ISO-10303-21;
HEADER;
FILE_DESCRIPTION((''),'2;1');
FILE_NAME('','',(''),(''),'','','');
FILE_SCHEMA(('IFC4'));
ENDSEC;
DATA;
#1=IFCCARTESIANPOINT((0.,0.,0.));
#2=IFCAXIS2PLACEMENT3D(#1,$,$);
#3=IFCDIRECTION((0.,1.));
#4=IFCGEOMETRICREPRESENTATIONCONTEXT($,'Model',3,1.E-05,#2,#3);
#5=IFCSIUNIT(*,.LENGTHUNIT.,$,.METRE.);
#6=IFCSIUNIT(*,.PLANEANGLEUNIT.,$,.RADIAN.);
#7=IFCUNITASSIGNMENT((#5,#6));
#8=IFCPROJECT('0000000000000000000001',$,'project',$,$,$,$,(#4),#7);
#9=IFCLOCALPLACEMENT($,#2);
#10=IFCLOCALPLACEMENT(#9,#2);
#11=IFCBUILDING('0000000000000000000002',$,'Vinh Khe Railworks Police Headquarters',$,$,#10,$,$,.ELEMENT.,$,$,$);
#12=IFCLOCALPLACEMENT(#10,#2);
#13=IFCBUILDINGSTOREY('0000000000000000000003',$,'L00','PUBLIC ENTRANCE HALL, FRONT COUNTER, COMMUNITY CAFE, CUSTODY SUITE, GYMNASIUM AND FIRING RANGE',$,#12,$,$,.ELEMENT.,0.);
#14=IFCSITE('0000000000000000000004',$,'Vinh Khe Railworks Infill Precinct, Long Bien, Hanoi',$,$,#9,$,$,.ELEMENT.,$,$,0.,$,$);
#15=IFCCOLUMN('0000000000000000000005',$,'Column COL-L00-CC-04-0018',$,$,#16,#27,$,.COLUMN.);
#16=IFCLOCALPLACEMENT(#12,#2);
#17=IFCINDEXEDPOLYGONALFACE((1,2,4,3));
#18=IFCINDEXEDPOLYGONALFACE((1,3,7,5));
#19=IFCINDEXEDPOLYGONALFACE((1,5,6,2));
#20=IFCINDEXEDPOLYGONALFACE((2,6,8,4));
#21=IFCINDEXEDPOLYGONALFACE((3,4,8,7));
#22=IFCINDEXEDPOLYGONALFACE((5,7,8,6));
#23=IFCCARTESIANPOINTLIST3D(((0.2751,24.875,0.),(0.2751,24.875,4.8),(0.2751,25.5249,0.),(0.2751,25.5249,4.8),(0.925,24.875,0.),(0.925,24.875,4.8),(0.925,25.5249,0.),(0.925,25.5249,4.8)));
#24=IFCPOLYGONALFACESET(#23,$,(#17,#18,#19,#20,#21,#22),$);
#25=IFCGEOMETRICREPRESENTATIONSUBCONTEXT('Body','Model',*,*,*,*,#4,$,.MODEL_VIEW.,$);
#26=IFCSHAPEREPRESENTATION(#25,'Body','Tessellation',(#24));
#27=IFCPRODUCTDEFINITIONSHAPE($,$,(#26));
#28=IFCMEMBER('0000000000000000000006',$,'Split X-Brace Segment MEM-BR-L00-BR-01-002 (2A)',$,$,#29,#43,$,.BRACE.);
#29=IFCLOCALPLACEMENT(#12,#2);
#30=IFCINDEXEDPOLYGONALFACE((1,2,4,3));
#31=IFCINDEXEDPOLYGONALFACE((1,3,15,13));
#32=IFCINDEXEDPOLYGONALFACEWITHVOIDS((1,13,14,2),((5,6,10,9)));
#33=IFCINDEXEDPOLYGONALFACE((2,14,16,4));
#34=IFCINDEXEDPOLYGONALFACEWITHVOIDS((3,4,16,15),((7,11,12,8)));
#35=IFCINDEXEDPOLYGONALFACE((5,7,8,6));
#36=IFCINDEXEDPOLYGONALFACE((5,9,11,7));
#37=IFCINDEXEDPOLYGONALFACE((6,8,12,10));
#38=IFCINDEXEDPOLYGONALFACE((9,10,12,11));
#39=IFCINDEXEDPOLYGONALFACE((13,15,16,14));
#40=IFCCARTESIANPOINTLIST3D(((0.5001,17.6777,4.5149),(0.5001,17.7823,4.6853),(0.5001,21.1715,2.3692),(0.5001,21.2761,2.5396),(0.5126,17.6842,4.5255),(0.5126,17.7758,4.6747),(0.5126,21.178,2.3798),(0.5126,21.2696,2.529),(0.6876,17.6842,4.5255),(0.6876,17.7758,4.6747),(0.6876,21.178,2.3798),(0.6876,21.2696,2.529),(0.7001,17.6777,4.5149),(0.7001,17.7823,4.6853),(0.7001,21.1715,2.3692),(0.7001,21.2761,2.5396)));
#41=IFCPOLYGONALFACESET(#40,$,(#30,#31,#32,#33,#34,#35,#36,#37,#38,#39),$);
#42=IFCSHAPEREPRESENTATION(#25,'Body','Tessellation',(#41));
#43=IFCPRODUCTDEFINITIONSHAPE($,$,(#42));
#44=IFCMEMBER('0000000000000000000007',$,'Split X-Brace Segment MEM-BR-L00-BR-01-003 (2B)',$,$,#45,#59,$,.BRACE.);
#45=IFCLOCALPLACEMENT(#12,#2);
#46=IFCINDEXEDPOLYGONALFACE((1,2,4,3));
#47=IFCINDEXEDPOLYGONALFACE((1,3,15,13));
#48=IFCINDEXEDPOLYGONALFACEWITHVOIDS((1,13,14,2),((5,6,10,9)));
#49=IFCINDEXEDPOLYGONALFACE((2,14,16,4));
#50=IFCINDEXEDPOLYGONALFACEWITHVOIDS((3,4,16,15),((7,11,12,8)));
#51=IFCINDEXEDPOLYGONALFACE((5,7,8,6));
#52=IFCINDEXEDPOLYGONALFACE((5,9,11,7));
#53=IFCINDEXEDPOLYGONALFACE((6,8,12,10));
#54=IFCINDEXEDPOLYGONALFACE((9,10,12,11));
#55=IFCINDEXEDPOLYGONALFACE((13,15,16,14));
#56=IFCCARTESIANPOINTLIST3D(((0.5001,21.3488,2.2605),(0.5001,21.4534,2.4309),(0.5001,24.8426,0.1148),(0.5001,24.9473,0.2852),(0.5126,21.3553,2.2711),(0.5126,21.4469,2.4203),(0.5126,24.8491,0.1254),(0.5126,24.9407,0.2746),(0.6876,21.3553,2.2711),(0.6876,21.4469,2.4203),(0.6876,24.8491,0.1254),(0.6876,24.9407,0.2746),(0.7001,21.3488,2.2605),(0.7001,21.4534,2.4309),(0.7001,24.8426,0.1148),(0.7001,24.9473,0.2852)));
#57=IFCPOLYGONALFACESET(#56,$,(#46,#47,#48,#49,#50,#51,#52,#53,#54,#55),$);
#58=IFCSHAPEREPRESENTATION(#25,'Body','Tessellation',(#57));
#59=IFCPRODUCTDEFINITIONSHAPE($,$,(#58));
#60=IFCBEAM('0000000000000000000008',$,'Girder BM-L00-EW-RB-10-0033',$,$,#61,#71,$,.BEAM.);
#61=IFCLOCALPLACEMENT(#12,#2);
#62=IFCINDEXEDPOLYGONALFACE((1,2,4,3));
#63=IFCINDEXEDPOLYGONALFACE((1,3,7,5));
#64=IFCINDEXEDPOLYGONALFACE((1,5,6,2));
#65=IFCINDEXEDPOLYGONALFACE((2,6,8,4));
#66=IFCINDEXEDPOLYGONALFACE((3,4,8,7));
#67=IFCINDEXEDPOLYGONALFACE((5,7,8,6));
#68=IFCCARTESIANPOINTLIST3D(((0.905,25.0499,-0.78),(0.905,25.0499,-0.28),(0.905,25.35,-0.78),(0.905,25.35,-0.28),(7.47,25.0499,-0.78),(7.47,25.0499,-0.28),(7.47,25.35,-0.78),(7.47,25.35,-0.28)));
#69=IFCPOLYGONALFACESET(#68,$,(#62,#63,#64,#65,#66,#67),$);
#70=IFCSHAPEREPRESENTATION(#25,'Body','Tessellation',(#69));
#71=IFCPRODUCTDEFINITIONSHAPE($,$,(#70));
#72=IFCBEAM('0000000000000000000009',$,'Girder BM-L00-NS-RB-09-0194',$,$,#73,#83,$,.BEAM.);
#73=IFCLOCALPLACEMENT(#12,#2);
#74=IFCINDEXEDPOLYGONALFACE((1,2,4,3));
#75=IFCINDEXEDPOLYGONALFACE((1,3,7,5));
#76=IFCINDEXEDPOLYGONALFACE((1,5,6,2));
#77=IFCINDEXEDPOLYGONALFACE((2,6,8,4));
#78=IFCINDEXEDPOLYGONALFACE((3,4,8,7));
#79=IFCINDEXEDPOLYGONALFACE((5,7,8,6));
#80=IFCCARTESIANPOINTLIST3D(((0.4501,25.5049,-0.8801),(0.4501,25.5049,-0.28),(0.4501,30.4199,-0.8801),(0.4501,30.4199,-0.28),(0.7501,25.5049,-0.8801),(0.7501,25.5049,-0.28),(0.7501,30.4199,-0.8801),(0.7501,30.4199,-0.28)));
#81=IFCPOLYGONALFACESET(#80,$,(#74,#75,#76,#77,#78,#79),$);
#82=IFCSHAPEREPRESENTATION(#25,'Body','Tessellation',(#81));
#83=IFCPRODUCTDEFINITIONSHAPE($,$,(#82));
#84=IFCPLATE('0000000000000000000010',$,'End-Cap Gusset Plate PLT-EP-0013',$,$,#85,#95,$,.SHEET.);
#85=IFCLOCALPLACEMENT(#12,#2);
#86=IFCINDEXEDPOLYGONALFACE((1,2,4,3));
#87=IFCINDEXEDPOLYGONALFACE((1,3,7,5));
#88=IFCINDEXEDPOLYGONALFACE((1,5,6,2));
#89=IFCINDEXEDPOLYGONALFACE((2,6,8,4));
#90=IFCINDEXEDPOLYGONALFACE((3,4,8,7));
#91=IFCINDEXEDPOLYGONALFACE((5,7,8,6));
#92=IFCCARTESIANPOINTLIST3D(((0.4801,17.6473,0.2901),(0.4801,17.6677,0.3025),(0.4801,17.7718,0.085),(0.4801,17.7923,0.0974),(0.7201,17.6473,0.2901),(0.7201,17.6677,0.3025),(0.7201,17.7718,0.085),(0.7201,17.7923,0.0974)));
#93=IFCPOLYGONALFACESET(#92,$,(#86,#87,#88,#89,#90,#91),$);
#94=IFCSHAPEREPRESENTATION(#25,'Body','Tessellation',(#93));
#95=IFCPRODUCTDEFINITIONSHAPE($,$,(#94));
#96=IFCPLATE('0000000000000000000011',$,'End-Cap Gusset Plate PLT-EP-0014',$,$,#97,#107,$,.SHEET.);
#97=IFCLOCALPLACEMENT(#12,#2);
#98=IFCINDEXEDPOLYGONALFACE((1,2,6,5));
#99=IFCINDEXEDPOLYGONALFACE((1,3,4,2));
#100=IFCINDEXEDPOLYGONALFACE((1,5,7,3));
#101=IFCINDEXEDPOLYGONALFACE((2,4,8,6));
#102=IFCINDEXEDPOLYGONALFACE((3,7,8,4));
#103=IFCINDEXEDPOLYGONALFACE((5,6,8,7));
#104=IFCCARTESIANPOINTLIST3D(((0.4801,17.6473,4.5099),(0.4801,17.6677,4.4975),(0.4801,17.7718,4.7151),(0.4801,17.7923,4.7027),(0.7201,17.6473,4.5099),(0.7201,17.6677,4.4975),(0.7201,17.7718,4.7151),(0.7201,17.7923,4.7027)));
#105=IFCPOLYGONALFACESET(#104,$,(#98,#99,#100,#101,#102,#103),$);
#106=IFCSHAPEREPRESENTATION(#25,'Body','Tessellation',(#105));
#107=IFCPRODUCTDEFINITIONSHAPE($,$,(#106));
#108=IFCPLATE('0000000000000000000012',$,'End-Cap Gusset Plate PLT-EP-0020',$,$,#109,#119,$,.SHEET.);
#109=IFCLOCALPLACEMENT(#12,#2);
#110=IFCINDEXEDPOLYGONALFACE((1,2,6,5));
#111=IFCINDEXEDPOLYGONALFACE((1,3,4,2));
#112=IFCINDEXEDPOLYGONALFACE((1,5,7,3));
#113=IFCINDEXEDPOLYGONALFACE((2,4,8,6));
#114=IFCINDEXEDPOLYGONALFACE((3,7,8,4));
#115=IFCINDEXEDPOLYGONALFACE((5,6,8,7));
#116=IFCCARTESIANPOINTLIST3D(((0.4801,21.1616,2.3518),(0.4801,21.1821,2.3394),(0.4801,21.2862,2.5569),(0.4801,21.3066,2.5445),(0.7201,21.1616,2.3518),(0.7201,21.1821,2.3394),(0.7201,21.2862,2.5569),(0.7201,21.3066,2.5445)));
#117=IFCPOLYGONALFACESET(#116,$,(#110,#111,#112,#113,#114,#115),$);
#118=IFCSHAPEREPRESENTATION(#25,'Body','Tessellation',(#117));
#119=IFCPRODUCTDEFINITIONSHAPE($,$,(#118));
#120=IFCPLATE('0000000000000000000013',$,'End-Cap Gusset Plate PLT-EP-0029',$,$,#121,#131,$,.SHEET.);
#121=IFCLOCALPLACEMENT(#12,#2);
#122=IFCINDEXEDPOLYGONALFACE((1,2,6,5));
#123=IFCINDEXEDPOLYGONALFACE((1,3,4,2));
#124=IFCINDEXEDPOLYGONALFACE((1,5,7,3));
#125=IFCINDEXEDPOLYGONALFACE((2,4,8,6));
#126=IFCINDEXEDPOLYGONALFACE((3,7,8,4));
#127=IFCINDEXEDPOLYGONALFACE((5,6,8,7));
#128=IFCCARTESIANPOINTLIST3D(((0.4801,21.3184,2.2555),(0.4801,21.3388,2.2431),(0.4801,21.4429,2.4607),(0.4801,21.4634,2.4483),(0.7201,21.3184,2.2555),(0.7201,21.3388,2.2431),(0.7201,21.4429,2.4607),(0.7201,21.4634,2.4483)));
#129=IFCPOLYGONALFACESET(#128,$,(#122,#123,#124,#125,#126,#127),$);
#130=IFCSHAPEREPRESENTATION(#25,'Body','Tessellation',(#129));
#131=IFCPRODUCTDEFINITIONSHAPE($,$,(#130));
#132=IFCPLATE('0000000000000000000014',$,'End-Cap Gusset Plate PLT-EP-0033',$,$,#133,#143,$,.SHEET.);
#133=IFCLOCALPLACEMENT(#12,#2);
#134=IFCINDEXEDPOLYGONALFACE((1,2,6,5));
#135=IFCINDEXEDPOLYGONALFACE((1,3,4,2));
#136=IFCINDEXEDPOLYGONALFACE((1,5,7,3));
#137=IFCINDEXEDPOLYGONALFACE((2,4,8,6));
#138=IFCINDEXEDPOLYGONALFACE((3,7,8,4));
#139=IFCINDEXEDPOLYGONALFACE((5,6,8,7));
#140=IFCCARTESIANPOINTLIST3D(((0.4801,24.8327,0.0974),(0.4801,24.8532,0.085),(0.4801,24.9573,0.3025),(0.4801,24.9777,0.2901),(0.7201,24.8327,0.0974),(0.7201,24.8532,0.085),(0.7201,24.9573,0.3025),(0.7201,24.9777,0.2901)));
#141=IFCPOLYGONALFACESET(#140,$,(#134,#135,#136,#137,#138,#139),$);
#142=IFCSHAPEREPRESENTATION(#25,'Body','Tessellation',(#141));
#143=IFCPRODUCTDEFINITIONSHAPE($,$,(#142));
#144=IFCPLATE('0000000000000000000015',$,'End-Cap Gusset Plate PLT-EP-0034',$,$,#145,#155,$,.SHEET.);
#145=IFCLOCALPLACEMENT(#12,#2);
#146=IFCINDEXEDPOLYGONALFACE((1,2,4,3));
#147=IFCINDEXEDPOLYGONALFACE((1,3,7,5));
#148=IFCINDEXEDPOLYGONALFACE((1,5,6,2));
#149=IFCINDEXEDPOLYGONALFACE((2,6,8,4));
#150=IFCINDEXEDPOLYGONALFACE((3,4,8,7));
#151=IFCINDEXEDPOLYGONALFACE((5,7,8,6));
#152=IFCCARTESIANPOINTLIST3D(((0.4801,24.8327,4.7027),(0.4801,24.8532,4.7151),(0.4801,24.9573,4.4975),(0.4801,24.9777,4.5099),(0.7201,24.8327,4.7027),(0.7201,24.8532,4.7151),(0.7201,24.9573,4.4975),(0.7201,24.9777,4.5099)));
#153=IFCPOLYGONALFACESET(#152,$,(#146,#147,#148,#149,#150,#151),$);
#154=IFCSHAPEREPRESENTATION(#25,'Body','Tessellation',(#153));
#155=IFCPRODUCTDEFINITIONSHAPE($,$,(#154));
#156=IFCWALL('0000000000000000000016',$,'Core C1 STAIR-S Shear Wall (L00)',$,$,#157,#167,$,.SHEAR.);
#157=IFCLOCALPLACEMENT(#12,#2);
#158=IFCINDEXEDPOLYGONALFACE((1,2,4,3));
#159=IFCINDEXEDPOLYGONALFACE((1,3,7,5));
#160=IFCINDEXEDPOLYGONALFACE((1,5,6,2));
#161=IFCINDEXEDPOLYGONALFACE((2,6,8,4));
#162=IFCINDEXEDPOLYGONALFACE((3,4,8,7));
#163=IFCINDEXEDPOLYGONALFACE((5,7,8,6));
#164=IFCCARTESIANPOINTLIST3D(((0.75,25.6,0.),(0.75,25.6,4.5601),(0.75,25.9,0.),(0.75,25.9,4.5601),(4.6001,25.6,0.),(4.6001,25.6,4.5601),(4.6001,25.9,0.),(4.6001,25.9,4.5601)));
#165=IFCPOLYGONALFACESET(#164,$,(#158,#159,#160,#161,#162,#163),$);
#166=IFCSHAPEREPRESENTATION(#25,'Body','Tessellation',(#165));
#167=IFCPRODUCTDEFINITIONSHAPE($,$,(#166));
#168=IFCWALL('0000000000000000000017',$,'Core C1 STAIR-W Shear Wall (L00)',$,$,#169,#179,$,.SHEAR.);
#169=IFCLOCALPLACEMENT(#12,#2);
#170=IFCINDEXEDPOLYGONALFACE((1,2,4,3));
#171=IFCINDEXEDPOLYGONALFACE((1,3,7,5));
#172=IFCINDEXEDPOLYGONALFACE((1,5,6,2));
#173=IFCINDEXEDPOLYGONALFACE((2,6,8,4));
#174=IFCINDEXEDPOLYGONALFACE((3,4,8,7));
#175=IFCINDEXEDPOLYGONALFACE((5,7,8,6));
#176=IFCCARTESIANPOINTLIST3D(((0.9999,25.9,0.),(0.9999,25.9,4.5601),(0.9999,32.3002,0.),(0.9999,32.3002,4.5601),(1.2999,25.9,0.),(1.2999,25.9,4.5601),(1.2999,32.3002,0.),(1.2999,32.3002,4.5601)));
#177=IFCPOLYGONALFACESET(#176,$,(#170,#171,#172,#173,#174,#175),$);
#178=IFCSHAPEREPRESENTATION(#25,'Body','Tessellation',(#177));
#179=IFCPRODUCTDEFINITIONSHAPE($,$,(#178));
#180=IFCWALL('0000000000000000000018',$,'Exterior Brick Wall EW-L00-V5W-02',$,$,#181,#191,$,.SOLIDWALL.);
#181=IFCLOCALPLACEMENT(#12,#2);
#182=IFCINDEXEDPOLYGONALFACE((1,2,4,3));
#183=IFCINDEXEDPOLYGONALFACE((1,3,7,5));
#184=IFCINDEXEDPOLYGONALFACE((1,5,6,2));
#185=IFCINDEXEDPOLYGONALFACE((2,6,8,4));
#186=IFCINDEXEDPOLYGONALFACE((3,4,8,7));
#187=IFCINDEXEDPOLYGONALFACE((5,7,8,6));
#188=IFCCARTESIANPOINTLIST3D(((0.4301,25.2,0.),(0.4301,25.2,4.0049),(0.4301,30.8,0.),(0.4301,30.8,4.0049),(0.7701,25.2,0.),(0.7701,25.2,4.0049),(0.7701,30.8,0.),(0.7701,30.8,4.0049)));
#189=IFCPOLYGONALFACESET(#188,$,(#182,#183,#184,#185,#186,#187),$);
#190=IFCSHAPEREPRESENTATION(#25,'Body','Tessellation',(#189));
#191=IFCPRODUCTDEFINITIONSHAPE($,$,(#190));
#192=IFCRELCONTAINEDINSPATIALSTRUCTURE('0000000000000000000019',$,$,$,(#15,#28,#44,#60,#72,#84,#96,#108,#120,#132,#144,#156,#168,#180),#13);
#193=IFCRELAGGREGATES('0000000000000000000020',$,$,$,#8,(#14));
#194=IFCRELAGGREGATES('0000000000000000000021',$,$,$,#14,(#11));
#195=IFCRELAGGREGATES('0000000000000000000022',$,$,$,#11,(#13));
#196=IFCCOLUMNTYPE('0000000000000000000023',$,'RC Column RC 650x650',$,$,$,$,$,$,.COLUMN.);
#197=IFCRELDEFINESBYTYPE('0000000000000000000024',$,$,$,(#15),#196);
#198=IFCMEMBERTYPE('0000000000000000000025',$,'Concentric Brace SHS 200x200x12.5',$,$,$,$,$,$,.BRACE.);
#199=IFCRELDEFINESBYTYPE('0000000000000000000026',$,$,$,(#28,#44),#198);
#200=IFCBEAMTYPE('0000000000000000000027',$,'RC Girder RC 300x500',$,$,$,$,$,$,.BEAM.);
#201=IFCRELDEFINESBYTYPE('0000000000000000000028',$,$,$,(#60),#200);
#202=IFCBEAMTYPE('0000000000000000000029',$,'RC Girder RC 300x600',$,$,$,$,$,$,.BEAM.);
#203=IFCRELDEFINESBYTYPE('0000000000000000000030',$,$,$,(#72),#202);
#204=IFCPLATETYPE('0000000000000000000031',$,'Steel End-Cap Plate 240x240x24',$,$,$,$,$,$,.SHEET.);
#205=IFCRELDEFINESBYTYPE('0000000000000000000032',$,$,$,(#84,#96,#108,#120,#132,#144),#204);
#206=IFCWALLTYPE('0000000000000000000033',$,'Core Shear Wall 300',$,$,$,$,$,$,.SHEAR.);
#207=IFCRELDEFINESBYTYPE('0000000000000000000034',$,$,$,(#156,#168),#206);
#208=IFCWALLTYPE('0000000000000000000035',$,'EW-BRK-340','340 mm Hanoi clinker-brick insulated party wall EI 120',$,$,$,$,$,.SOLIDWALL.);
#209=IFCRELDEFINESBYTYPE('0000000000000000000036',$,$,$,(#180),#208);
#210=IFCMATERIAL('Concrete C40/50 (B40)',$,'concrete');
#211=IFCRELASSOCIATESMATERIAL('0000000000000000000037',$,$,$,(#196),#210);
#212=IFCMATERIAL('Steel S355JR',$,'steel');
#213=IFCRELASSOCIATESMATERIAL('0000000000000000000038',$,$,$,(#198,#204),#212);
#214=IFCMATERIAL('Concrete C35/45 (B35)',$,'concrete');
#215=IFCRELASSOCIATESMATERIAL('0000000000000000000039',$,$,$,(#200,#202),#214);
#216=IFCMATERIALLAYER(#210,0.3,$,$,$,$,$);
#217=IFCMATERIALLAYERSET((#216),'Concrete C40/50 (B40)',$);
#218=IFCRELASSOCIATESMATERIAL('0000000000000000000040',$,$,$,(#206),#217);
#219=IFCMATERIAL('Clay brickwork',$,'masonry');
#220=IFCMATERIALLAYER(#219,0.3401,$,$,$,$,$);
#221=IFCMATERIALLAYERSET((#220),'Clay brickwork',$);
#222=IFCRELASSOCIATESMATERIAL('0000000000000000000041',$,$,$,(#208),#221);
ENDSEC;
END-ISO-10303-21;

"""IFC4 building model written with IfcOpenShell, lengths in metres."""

from ifc_helpers import new_model, si_unit, direction, frame, frame_2d, origin, origin_2d, place, context, subcontext, project, spatial, rectangle, hollow_rectangle, extrude, material, layer, layer_set, material_profile, profile_set, type_object, element, save


model = new_model("IFC4")

# Units and contexts
model_context = context("Model", 3, precision=1e-05, world=origin(), true_north=direction((0.0, 1.0)))
body_context = subcontext(model_context, "Body", "Model", "MODEL_VIEW")
ifc_project = project(units=[si_unit("LENGTHUNIT", "METRE"), si_unit("PLANEANGLEUNIT", "RADIAN")], contexts=[model_context])

# Site, building, storey
site_placement = place(None, origin())
site = spatial("IfcSite", under=ifc_project, at=site_placement, Name="Vinh Khe Railworks Infill Precinct, Long Bien, Hanoi", CompositionType="ELEMENT", RefElevation=0.0)
building_placement = place(site_placement, origin())
building = spatial("IfcBuilding", under=site, at=building_placement, Name="Vinh Khe Railworks Police Headquarters", CompositionType="ELEMENT")
storey_placement = place(building_placement, origin())
storey = spatial("IfcBuildingStorey", under=building, at=storey_placement, Name="L00", Description="PUBLIC ENTRANCE HALL, FRONT COUNTER, COMMUNITY CAFE, CUSTODY SUITE, GYMNASIUM AND FIRING RANGE", CompositionType="ELEMENT", Elevation=0.0)

# Column
ifc_material_1 = material(Name="Concrete C40/50 (B40)", Category="concrete")
ifc_material_profile_1 = material_profile(ifc_material_1, rectangle(XDim=0.6499, YDim=0.6499, at=origin_2d()), Name="RC 650x650")
ifc_profile_set_1 = profile_set([ifc_material_profile_1], Name="Concrete C40/50 (B40)")
column_type = type_object("IfcColumnType", Name="RC Column RC 650x650", PredefinedType="COLUMN", material=ifc_profile_set_1)
column_placement = place(storey_placement, frame((0.6001, 25.2, 0.0), z_axis=(0.0, 0.0, 1.0), x_axis=(1.0, 0.0, 0.0)))
element("IfcColumn", 1, at=column_placement, inside=storey, type_object=column_type, Name="Column COL-L00-CC-04-0018", PredefinedType="COLUMN", context=body_context, shape_type="SweptSolid", body=[
    extrude(rectangle(XDim=0.6499, YDim=0.6499, at=origin_2d()), origin(), (0.0, 0.0, 1.0), 4.8),
])

# Members
ifc_material_2 = material(Name="Steel S355JR", Category="steel")
ifc_material_profile_2 = material_profile(ifc_material_2, hollow_rectangle(XDim=0.2, YDim=0.2, WallThickness=0.0125, at=origin_2d()), Name="SHS 200x200x12.5")
ifc_profile_set_2 = profile_set([ifc_material_profile_2], Name="Steel S355JR")
member_type = type_object("IfcMemberType", Name="Concentric Brace SHS 200x200x12.5", PredefinedType="BRACE", material=ifc_profile_set_2)
for number, where, z_axis, x_axis, name in (
    (2, (0.6001, 17.73, 4.6001), (0.0, 0.85213, -0.52333), (-1.0, 0.0, 0.0), "Split X-Brace Segment MEM-BR-L00-BR-01-002 (2A)"),
    (3, (0.6001, 21.4011, 2.3457), (0.0, 0.85213, -0.52333), (-1.0, 0.0, 0.0), "Split X-Brace Segment MEM-BR-L00-BR-01-003 (2B)"),
):
    element("IfcMember", number, at=place(storey_placement, frame(where, z_axis=z_axis, x_axis=x_axis)), inside=storey, type_object=member_type, Name=name, PredefinedType="BRACE", context=body_context, shape_type="SweptSolid", body=[
        extrude(hollow_rectangle(XDim=0.2, YDim=0.2, WallThickness=0.0125, at=origin_2d()), origin(), (0.0, 0.0, 1.0), 4.1001),
    ])

# Beams
ifc_material_3 = material(Name="Concrete C35/45 (B35)", Category="concrete")
ifc_material_profile_3 = material_profile(ifc_material_3, rectangle(XDim=0.3, YDim=0.5, at=origin_2d()), Name="RC 300x500")
ifc_profile_set_3 = profile_set([ifc_material_profile_3], Name="Concrete C35/45 (B35)")
beam_type_1 = type_object("IfcBeamType", Name="RC Girder RC 300x500", PredefinedType="BEAM", material=ifc_profile_set_3)
beam_1_placement = place(storey_placement, frame((0.905, 25.2, -0.53), z_axis=(1.0, 0.0, 0.0), x_axis=(0.0, 1.0, 0.0)))
element("IfcBeam", 4, at=beam_1_placement, inside=storey, type_object=beam_type_1, Name="Girder BM-L00-EW-RB-10-0033", PredefinedType="BEAM", context=body_context, shape_type="SweptSolid", body=[
    extrude(rectangle(XDim=0.3, YDim=0.5, at=origin_2d()), origin(), (0.0, 0.0, 1.0), 6.5649),
])
ifc_material_profile_4 = material_profile(ifc_material_3, rectangle(XDim=0.3, YDim=0.6001, at=origin_2d()), Name="RC 300x600")
ifc_profile_set_4 = profile_set([ifc_material_profile_4], Name="Concrete C35/45 (B35)")
beam_type_2 = type_object("IfcBeamType", Name="RC Girder RC 300x600", PredefinedType="BEAM", material=ifc_profile_set_4)
beam_2_placement = place(storey_placement, frame((0.6001, 25.5049, -0.5801), z_axis=(0.0, 1.0, 0.0), x_axis=(-1.0, 0.0, 0.0)))
element("IfcBeam", 5, at=beam_2_placement, inside=storey, type_object=beam_type_2, Name="Girder BM-L00-NS-RB-09-0194", PredefinedType="BEAM", context=body_context, shape_type="SweptSolid", body=[
    extrude(rectangle(XDim=0.3, YDim=0.6001, at=origin_2d()), origin(), (0.0, 0.0, 1.0), 4.915),
])

# Plates
ifc_material_profile_5 = material_profile(ifc_material_2, rectangle(XDim=0.24, YDim=0.24, at=origin_2d()), Name="PL 240x240")
ifc_profile_set_5 = profile_set([ifc_material_profile_5], Name="Steel S355JR")
plate_type = type_object("IfcPlateType", Name="Steel End-Cap Plate 240x240x24", PredefinedType="SHEET", material=ifc_profile_set_5)
for number, where, z_axis, x_axis, name in (
    (6, (0.6001, 17.73, 0.2), (0.0, -0.854788, -0.518978), (1.0, 0.0, 0.0), "End-Cap Gusset Plate PLT-EP-0013"),
    (7, (0.6001, 17.73, 4.6001), (0.0, -0.854788, 0.518978), (1.0, 0.0, 0.0), "End-Cap Gusset Plate PLT-EP-0014"),
    (8, (0.6001, 21.2239, 2.4543), (0.0, 0.854788, -0.518978), (-1.0, 0.0, 0.0), "End-Cap Gusset Plate PLT-EP-0020"),
    (9, (0.6001, 21.4011, 2.3457), (0.0, -0.854788, 0.518978), (1.0, 0.0, 0.0), "End-Cap Gusset Plate PLT-EP-0029"),
    (10, (0.6001, 24.895, 0.2), (0.0, 0.854788, -0.518978), (-1.0, 0.0, 0.0), "End-Cap Gusset Plate PLT-EP-0033"),
    (11, (0.6001, 24.895, 4.6001), (0.0, 0.854788, 0.518978), (-1.0, 0.0, 0.0), "End-Cap Gusset Plate PLT-EP-0034"),
):
    element("IfcPlate", number, at=place(storey_placement, frame(where, z_axis=z_axis, x_axis=x_axis)), inside=storey, type_object=plate_type, Name=name, PredefinedType="SHEET", context=body_context, shape_type="SweptSolid", body=[
        extrude(rectangle(XDim=0.24, YDim=0.24, at=origin_2d()), origin(), (0.0, 0.0, 1.0), 0.0239),
    ])

# Walls
ifc_layer_1 = layer(ifc_material_1, 0.3)
ifc_layer_set_1 = layer_set([ifc_layer_1], Name="Concrete C40/50 (B40)")
wall_type_1 = type_object("IfcWallType", Name="Core Shear Wall 300", PredefinedType="SHEAR", material=ifc_layer_set_1)
wall_1_placement = place(storey_placement, frame((0.75, 25.75, 0.0), z_axis=(0.0, 0.0, 1.0), x_axis=(1.0, 0.0, 0.0)))
element("IfcWall", 12, at=wall_1_placement, inside=storey, type_object=wall_type_1, Name="Core C1 STAIR-S Shear Wall (L00)", PredefinedType="SHEAR", context=body_context, shape_type="SweptSolid", body=[
    extrude(rectangle(XDim=3.8501, YDim=0.3, at=frame_2d((1.925, 0.0))), origin(), (0.0, 0.0, 1.0), 4.5601),
])
wall_2_placement = place(storey_placement, frame((1.1499, 25.8999, 0.0), z_axis=(0.0, 0.0, 1.0), x_axis=(0.0, 1.0, 0.0)))
element("IfcWall", 13, at=wall_2_placement, inside=storey, type_object=wall_type_1, Name="Core C1 STAIR-W Shear Wall (L00)", PredefinedType="SHEAR", context=body_context, shape_type="SweptSolid", body=[
    extrude(rectangle(XDim=6.4001, YDim=0.3, at=frame_2d((3.2002, 0.0))), origin(), (0.0, 0.0, 1.0), 4.5601),
])
ifc_material_4 = material(Name="Clay brickwork", Category="masonry")
ifc_layer_2 = layer(ifc_material_4, 0.3401)
ifc_layer_set_2 = layer_set([ifc_layer_2], Name="Clay brickwork")
wall_type_2 = type_object("IfcWallType", Name="EW-BRK-340", Description="340 mm Hanoi clinker-brick insulated party wall EI 120", PredefinedType="SOLIDWALL", material=ifc_layer_set_2)
wall_3_placement = place(storey_placement, frame((0.6001, 25.2, 0.0), z_axis=(0.0, 0.0, 1.0), x_axis=(0.0, 1.0, 0.0)))
element("IfcWall", 14, at=wall_3_placement, inside=storey, type_object=wall_type_2, Name="Exterior Brick Wall EW-L00-V5W-02", PredefinedType="SOLIDWALL", context=body_context, shape_type="SweptSolid", body=[
    extrude(rectangle(XDim=5.6001, YDim=0.3401, at=frame_2d((2.8, 0.0))), origin(), (0.0, 0.0, 1.0), 4.0049),
])

save(model, "model.ifc")
